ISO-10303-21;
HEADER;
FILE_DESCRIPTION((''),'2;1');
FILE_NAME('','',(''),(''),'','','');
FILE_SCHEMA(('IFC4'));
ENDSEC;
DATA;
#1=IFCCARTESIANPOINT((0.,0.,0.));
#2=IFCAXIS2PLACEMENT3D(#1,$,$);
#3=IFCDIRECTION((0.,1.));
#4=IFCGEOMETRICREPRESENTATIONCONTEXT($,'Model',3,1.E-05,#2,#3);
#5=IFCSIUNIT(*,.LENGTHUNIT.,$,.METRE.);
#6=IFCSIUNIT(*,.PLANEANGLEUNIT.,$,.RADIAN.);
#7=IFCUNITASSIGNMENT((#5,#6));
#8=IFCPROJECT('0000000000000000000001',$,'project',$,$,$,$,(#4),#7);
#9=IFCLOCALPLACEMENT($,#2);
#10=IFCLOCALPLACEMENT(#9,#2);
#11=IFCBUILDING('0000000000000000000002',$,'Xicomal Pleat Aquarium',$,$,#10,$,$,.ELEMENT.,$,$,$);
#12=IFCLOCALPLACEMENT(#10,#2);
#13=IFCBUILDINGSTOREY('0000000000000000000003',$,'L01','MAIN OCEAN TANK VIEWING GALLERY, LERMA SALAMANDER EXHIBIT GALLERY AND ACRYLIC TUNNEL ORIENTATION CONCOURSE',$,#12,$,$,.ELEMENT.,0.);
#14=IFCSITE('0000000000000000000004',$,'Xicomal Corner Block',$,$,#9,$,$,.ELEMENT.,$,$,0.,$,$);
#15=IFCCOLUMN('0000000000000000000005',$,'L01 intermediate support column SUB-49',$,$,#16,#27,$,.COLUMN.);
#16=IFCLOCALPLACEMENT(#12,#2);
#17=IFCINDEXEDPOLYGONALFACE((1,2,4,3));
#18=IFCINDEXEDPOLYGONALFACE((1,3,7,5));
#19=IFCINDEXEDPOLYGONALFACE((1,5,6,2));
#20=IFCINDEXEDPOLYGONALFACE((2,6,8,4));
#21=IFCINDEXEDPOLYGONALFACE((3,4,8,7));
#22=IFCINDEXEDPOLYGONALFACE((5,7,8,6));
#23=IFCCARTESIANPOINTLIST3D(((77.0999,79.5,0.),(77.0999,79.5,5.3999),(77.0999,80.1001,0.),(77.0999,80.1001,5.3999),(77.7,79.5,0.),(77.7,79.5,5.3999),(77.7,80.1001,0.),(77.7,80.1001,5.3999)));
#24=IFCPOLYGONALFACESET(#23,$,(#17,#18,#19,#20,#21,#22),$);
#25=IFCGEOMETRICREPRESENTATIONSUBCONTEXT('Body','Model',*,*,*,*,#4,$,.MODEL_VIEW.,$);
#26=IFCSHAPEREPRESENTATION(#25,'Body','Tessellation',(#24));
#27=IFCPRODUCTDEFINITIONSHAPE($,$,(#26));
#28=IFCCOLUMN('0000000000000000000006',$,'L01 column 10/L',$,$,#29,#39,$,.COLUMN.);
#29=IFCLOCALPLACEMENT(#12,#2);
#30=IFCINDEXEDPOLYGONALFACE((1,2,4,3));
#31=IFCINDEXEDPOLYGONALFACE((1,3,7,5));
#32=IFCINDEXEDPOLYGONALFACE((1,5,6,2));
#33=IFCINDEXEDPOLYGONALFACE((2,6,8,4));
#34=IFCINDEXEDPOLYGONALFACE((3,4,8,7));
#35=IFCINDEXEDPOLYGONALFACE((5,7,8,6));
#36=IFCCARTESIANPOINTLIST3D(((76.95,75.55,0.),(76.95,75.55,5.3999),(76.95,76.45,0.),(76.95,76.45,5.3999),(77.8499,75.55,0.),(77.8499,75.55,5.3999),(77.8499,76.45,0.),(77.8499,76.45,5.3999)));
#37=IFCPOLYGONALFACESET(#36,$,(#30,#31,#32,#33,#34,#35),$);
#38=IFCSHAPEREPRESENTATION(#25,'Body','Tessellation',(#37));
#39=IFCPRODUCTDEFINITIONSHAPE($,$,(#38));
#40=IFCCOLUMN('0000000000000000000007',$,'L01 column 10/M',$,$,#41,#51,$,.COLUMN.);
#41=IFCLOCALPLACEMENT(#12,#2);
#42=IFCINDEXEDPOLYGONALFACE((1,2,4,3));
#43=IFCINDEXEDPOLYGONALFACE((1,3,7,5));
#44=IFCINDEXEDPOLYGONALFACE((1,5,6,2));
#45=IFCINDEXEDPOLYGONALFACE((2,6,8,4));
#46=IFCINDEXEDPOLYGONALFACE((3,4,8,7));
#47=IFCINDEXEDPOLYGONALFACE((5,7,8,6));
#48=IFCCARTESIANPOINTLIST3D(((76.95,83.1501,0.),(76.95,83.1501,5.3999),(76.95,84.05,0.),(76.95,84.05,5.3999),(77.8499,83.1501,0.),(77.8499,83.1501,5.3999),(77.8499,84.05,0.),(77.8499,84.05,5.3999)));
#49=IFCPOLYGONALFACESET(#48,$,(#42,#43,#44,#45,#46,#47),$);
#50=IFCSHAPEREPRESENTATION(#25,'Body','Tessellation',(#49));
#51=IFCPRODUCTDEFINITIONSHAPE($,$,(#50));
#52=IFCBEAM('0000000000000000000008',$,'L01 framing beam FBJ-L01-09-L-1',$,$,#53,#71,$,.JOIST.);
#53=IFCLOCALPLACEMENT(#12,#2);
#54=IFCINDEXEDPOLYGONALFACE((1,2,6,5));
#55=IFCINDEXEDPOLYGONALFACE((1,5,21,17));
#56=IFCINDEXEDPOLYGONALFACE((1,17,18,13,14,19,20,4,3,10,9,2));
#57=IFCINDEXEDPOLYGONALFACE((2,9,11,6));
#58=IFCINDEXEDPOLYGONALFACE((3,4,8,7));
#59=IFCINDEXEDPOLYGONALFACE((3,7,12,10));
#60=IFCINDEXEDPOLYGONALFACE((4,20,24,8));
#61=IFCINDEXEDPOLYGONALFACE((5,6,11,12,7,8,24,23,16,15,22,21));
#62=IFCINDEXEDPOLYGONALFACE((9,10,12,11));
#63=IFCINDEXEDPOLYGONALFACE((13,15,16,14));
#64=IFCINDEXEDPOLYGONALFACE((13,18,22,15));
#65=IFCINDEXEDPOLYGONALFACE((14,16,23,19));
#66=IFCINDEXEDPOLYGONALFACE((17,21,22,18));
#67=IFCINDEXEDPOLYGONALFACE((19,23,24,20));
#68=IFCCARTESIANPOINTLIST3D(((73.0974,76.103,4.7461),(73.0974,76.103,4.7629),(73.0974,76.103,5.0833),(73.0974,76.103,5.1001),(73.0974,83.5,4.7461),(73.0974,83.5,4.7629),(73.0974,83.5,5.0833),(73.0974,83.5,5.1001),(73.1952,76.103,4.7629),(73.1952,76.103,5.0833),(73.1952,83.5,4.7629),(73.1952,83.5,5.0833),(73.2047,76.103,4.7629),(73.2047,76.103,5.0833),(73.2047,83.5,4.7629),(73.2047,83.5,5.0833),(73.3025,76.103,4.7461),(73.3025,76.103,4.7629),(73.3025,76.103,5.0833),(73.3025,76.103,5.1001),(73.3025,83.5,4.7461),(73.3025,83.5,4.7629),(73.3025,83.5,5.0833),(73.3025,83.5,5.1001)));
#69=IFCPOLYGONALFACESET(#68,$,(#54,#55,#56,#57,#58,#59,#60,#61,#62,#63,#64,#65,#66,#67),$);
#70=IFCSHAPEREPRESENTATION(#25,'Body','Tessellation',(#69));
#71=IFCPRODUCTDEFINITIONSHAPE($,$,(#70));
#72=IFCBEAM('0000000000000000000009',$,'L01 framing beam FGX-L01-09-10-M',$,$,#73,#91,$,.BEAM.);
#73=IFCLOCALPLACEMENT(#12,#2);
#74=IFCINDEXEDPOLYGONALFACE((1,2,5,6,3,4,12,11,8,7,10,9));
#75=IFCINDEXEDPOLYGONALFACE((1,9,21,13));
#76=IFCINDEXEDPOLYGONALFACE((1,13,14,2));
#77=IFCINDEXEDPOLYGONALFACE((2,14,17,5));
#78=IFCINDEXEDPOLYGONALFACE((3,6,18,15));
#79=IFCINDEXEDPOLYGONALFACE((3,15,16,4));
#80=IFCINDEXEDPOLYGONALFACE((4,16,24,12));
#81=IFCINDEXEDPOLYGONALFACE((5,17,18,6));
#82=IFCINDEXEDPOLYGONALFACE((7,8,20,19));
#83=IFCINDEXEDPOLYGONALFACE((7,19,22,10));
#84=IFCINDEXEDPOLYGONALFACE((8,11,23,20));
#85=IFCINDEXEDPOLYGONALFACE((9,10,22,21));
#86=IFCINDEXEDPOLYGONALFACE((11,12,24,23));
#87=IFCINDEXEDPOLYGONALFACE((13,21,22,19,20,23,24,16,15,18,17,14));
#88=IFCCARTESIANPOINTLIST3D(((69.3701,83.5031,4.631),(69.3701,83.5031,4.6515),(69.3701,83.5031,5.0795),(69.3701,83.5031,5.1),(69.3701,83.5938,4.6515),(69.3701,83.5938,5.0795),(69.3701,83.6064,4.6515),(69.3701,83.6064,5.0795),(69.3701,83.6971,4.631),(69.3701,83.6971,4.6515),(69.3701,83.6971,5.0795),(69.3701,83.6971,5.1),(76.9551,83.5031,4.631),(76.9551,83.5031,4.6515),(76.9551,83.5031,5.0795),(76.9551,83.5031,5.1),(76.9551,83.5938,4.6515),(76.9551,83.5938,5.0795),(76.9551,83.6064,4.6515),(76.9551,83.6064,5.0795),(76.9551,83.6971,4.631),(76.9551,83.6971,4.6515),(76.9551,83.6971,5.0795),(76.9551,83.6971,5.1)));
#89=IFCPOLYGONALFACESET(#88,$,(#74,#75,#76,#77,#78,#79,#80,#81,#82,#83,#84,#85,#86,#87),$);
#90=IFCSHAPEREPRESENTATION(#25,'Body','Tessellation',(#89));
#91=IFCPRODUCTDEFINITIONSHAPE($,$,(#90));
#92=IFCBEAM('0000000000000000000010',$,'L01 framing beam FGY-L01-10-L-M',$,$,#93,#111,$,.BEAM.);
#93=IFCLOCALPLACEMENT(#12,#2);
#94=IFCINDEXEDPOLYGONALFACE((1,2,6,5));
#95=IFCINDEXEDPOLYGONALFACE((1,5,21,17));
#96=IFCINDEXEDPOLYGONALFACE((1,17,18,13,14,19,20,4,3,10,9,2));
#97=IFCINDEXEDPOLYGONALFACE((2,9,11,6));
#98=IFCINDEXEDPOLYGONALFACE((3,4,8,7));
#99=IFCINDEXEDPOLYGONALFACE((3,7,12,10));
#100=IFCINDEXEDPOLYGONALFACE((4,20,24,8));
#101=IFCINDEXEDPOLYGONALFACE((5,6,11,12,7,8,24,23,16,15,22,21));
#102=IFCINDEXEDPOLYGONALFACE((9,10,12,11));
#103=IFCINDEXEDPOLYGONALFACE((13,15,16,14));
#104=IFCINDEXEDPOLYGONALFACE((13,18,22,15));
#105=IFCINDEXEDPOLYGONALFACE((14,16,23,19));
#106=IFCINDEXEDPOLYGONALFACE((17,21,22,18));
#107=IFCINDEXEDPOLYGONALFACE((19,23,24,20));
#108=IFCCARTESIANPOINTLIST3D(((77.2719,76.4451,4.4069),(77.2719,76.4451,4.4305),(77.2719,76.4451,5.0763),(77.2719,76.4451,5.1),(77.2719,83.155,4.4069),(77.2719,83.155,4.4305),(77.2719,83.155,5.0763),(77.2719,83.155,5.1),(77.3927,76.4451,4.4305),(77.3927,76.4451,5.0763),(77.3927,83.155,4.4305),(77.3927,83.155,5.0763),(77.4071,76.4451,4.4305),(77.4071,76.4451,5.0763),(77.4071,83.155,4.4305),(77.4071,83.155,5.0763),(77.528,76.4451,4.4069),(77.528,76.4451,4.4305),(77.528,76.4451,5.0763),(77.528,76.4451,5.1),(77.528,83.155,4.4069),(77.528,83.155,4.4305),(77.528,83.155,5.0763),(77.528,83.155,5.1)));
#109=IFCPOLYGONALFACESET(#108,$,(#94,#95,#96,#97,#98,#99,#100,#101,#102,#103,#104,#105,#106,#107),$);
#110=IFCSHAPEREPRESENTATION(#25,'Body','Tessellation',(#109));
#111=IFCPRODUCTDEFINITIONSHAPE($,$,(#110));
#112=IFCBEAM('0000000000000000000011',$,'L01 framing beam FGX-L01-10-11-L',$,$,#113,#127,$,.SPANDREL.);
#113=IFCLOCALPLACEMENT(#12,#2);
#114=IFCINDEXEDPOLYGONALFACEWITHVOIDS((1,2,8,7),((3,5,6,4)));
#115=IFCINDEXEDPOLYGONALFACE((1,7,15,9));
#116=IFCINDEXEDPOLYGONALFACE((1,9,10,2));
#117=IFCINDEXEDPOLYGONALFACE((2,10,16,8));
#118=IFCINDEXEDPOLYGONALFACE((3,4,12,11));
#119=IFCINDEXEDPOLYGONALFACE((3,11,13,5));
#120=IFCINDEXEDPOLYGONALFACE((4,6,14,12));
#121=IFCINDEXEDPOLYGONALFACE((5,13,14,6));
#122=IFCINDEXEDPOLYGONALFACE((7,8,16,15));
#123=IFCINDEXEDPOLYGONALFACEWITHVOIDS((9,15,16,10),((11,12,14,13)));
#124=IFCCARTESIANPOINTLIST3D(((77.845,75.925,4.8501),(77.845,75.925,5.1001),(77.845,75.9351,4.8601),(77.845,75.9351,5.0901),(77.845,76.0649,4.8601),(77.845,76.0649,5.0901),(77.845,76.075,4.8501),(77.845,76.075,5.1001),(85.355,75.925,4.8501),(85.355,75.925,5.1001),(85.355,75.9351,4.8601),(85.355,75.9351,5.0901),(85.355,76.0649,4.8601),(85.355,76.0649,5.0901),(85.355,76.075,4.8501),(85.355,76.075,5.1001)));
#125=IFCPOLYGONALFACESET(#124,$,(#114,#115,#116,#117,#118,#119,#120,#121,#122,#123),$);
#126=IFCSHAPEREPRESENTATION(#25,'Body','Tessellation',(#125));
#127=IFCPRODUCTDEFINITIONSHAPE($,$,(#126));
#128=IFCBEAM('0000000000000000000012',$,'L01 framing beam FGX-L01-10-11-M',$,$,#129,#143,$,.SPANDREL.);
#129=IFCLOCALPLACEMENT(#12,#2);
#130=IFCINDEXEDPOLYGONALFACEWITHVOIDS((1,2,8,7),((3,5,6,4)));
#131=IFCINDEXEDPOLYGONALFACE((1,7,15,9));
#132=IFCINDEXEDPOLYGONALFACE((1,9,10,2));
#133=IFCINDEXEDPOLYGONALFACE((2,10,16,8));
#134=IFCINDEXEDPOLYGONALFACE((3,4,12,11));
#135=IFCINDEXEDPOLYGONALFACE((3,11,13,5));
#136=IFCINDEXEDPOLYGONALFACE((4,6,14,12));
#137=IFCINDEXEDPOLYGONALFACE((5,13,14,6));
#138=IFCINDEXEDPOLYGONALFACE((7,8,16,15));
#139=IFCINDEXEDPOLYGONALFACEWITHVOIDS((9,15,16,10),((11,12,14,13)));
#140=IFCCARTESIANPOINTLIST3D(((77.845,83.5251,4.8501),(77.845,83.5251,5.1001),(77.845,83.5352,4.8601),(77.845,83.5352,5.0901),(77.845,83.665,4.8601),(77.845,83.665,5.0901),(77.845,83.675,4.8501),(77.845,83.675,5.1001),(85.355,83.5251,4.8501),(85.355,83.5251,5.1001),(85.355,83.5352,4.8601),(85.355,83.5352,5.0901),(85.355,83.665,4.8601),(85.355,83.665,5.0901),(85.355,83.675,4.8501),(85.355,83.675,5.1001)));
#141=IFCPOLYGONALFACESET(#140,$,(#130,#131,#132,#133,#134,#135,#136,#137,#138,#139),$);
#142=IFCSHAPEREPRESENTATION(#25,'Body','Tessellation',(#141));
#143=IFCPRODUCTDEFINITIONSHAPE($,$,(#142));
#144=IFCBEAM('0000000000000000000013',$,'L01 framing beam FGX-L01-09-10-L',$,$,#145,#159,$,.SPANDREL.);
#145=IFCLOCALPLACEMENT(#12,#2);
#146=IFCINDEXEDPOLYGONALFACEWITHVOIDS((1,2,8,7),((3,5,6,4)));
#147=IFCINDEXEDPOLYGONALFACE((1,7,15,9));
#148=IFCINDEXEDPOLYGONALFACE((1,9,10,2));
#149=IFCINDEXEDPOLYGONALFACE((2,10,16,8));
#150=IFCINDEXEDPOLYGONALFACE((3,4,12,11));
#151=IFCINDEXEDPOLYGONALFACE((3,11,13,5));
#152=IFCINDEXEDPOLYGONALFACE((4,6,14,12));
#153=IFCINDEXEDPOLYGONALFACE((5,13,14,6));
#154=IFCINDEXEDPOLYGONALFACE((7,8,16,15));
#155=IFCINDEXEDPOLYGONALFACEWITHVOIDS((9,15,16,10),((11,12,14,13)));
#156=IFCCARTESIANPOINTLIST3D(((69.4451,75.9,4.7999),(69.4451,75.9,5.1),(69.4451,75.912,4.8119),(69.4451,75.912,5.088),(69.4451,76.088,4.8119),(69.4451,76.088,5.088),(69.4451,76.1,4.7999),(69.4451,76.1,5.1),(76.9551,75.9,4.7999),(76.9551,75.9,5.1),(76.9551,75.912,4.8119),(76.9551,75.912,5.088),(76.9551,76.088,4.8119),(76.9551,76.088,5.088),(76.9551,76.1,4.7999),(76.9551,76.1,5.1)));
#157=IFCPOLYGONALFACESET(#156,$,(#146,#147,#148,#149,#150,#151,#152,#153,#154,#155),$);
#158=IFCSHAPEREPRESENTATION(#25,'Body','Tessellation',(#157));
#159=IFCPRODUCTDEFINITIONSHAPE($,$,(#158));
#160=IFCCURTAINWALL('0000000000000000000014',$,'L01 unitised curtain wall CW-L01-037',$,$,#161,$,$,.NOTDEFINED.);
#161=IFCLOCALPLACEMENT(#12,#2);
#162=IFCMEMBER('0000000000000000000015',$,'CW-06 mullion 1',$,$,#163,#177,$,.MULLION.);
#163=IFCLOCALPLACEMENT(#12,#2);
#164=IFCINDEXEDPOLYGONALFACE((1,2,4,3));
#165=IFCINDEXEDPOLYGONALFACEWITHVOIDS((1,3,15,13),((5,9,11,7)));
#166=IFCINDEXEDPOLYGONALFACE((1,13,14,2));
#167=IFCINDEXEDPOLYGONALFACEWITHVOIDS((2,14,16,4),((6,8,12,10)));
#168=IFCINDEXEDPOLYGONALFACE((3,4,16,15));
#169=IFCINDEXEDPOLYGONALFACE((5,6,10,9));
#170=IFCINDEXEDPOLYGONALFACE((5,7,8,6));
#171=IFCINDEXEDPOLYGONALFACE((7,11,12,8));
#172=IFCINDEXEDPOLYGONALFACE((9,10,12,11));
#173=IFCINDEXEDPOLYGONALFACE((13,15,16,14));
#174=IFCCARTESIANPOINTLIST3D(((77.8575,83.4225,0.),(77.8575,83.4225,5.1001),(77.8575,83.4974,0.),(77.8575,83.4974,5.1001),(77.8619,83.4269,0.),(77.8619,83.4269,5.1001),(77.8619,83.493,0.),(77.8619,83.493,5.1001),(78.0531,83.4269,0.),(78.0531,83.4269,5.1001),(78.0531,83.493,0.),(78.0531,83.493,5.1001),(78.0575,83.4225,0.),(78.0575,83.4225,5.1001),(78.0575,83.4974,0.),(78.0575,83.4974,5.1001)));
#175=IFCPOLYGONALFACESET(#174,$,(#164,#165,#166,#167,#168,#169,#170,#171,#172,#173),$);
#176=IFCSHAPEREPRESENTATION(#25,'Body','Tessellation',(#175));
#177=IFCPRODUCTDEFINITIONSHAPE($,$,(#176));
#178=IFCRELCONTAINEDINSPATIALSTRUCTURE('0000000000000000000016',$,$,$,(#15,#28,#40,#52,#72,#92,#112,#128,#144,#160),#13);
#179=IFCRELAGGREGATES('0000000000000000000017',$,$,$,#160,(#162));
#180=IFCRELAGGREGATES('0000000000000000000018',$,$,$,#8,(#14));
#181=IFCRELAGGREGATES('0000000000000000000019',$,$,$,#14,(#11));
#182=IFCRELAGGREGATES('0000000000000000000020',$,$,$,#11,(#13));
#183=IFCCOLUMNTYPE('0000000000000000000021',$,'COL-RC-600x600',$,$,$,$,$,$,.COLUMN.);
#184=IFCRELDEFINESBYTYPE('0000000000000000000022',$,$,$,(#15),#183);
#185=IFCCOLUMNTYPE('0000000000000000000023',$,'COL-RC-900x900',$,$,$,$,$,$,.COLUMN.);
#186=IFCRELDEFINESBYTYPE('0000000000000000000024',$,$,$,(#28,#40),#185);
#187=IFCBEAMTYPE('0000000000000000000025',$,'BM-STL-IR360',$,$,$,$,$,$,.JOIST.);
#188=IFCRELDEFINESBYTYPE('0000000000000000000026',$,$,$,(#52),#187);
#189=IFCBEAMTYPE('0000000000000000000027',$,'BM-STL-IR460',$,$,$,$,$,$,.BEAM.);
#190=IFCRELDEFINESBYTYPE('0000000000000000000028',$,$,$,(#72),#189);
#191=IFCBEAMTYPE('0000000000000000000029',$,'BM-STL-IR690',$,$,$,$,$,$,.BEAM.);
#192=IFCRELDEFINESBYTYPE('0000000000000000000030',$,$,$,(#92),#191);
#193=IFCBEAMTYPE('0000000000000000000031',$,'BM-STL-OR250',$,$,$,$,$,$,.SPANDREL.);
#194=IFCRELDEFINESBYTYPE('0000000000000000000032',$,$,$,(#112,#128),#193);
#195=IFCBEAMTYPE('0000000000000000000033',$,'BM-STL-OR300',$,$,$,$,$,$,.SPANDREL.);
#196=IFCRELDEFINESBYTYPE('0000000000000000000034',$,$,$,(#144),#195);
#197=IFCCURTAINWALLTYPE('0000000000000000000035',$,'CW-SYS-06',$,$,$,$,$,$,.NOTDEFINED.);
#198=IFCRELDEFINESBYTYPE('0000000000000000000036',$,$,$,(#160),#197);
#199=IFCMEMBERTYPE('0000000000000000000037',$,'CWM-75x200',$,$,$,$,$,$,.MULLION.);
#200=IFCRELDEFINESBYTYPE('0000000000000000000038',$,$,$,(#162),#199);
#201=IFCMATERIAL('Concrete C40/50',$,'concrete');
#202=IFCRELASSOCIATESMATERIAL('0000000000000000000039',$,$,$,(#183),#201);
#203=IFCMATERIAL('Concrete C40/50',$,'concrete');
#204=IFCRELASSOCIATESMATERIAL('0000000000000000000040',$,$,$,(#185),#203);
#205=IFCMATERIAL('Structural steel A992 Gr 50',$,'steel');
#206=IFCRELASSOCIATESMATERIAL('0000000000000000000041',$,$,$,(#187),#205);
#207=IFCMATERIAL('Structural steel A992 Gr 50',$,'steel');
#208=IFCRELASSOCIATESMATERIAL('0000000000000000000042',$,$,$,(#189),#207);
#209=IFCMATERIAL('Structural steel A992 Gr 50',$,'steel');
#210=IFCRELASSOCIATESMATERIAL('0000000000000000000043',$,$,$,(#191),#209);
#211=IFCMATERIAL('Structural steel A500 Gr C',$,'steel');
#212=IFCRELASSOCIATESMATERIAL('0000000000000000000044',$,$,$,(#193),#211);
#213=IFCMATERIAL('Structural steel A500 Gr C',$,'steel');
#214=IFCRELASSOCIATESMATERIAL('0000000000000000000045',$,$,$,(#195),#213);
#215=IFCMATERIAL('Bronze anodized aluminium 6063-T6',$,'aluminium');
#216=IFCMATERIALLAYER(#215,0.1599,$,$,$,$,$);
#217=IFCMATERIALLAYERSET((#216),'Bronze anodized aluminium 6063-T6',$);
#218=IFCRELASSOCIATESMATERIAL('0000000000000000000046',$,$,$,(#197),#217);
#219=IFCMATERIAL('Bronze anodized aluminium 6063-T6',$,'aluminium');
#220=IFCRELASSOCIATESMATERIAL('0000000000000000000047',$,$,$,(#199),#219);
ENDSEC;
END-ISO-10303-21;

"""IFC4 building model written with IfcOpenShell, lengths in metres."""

from ifc_helpers import new_model, si_unit, direction, frame, origin, origin_2d, place, context, subcontext, project, spatial, rectangle, hollow_rectangle, i_section, extrude, material, layer, layer_set, material_profile, profile_set, type_object, element, aggregate, save


model = new_model("IFC4")

# Units and contexts
model_context = context("Model", 3, precision=1e-05, world=origin(), true_north=direction((0.0, 1.0)))
body_context = subcontext(model_context, "Body", "Model", "MODEL_VIEW")
ifc_project = project(units=[si_unit("LENGTHUNIT", "METRE"), si_unit("PLANEANGLEUNIT", "RADIAN")], contexts=[model_context])

# Site, building, storey
site_placement = place(None, origin())
site = spatial("IfcSite", under=ifc_project, at=site_placement, Name="Xicomal Corner Block", CompositionType="ELEMENT", RefElevation=0.0)
building_placement = place(site_placement, origin())
building = spatial("IfcBuilding", under=site, at=building_placement, Name="Xicomal Pleat Aquarium", CompositionType="ELEMENT")
storey_placement = place(building_placement, origin())
storey = spatial("IfcBuildingStorey", under=building, at=storey_placement, Name="L01", Description="MAIN OCEAN TANK VIEWING GALLERY, LERMA SALAMANDER EXHIBIT GALLERY AND ACRYLIC TUNNEL ORIENTATION CONCOURSE", CompositionType="ELEMENT", Elevation=0.0)

# Columns
ifc_material_1 = material(Name="Concrete C40/50", Category="concrete")
ifc_material_profile_1 = material_profile(ifc_material_1, rectangle(XDim=0.6001, YDim=0.6001, at=origin_2d()), Name="RC 600x600")
ifc_profile_set_1 = profile_set([ifc_material_profile_1], Name="Concrete C40/50")
column_type_1 = type_object("IfcColumnType", Name="COL-RC-600x600", PredefinedType="COLUMN", material=ifc_profile_set_1)
column_placement = place(storey_placement, frame((77.3999, 79.8, 0.0), z_axis=(0.0, 0.0, 1.0), x_axis=(1.0, 0.0, 0.0)))
element("IfcColumn", 1, at=column_placement, inside=storey, type_object=column_type_1, Name="L01 intermediate support column SUB-49", PredefinedType="COLUMN", context=body_context, shape_type="SweptSolid", body=[
    extrude(rectangle(XDim=0.6001, YDim=0.6001, at=origin_2d()), origin(), (0.0, 0.0, 1.0), 5.3999),
])
ifc_material_2 = material(Name="Concrete C40/50", Category="concrete")
ifc_material_profile_2 = material_profile(ifc_material_2, rectangle(XDim=0.8999, YDim=0.8999, at=origin_2d()), Name="RC 900x900")
ifc_profile_set_2 = profile_set([ifc_material_profile_2], Name="Concrete C40/50")
column_type_2 = type_object("IfcColumnType", Name="COL-RC-900x900", PredefinedType="COLUMN", material=ifc_profile_set_2)
for number, where, z_axis, x_axis, name in (
    (2, (77.3999, 76.0, 0.0), (0.0, 0.0, 1.0), (1.0, 0.0, 0.0), "L01 column 10/L"),
    (3, (77.3999, 83.6001, 0.0), (0.0, 0.0, 1.0), (1.0, 0.0, 0.0), "L01 column 10/M"),
):
    element("IfcColumn", number, at=place(storey_placement, frame(where, z_axis=z_axis, x_axis=x_axis)), inside=storey, type_object=column_type_2, Name=name, PredefinedType="COLUMN", context=body_context, shape_type="SweptSolid", body=[
        extrude(rectangle(XDim=0.8999, YDim=0.8999, at=origin_2d()), origin(), (0.0, 0.0, 1.0), 5.3999),
    ])

# Beams
ifc_material_3 = material(Name="Structural steel A992 Gr 50", Category="steel")
ifc_material_profile_3 = material_profile(ifc_material_3, i_section(OverallWidth=0.2051, OverallDepth=0.354, WebThickness=0.0095, FlangeThickness=0.0168, at=origin_2d()), Name="IR 360x79")
ifc_profile_set_3 = profile_set([ifc_material_profile_3], Name="Structural steel A992 Gr 50")
beam_type_1 = type_object("IfcBeamType", Name="BM-STL-IR360", PredefinedType="JOIST", material=ifc_profile_set_3)
beam_1_placement = place(storey_placement, frame((73.2, 76.103, 4.9231), z_axis=(0.0, 1.0, 0.0), x_axis=(-1.0, 0.0, 0.0)))
element("IfcBeam", 4, at=beam_1_placement, inside=storey, type_object=beam_type_1, Name="L01 framing beam FBJ-L01-09-L-1", PredefinedType="JOIST", context=body_context, shape_type="SweptSolid", body=[
    extrude(i_section(OverallWidth=0.2051, OverallDepth=0.354, WebThickness=0.0095, FlangeThickness=0.0168, at=origin_2d()), origin(), (0.0, 0.0, 1.0), 7.397),
])
ifc_material_4 = material(Name="Structural steel A992 Gr 50", Category="steel")
ifc_material_profile_4 = material_profile(ifc_material_4, i_section(OverallWidth=0.1941, OverallDepth=0.469, WebThickness=0.0127, FlangeThickness=0.0205, at=origin_2d()), Name="IR 460x106")
ifc_profile_set_4 = profile_set([ifc_material_profile_4], Name="Structural steel A992 Gr 50")
beam_type_2 = type_object("IfcBeamType", Name="BM-STL-IR460", PredefinedType="BEAM", material=ifc_profile_set_4)
beam_2_placement = place(storey_placement, frame((69.3701, 83.6001, 4.8655), z_axis=(1.0, 0.0, 0.0), x_axis=(0.0, 1.0, 0.0)))
element("IfcBeam", 5, at=beam_2_placement, inside=storey, type_object=beam_type_2, Name="L01 framing beam FGX-L01-09-10-M", PredefinedType="BEAM", context=body_context, shape_type="SweptSolid", body=[
    extrude(i_section(OverallWidth=0.1941, OverallDepth=0.469, WebThickness=0.0127, FlangeThickness=0.0205, at=origin_2d()), origin(), (0.0, 0.0, 1.0), 7.585),
])
ifc_material_5 = material(Name="Structural steel A992 Gr 50", Category="steel")
ifc_material_profile_5 = material_profile(ifc_material_5, i_section(OverallWidth=0.2561, OverallDepth=0.6931, WebThickness=0.0144, FlangeThickness=0.0237, at=origin_2d()), Name="IR 690x170")
ifc_profile_set_5 = profile_set([ifc_material_profile_5], Name="Structural steel A992 Gr 50")
beam_type_3 = type_object("IfcBeamType", Name="BM-STL-IR690", PredefinedType="BEAM", material=ifc_profile_set_5)
beam_3_placement = place(storey_placement, frame((77.3999, 76.4451, 4.7534), z_axis=(0.0, 1.0, 0.0), x_axis=(-1.0, 0.0, 0.0)))
element("IfcBeam", 6, at=beam_3_placement, inside=storey, type_object=beam_type_3, Name="L01 framing beam FGY-L01-10-L-M", PredefinedType="BEAM", context=body_context, shape_type="SweptSolid", body=[
    extrude(i_section(OverallWidth=0.2561, OverallDepth=0.6931, WebThickness=0.0144, FlangeThickness=0.0237, at=origin_2d()), origin(), (0.0, 0.0, 1.0), 6.71),
])
ifc_material_6 = material(Name="Structural steel A500 Gr C", Category="steel")
ifc_material_profile_6 = material_profile(ifc_material_6, hollow_rectangle(XDim=0.1499, YDim=0.25, WallThickness=0.01, at=origin_2d()), Name="OR 250x150x10")
ifc_profile_set_6 = profile_set([ifc_material_profile_6], Name="Structural steel A500 Gr C")
beam_type_4 = type_object("IfcBeamType", Name="BM-STL-OR250", PredefinedType="SPANDREL", material=ifc_profile_set_6)
for number, where, z_axis, x_axis, name in (
    (7, (77.845, 76.0, 4.9751), (1.0, 0.0, 0.0), (0.0, 1.0, 0.0), "L01 framing beam FGX-L01-10-11-L"),
    (8, (77.845, 83.6001, 4.9751), (1.0, 0.0, 0.0), (0.0, 1.0, 0.0), "L01 framing beam FGX-L01-10-11-M"),
):
    element("IfcBeam", number, at=place(storey_placement, frame(where, z_axis=z_axis, x_axis=x_axis)), inside=storey, type_object=beam_type_4, Name=name, PredefinedType="SPANDREL", context=body_context, shape_type="SweptSolid", body=[
        extrude(hollow_rectangle(XDim=0.1499, YDim=0.25, WallThickness=0.01, at=origin_2d()), origin(), (0.0, 0.0, 1.0), 7.51),
    ])
ifc_material_7 = material(Name="Structural steel A500 Gr C", Category="steel")
ifc_material_profile_7 = material_profile(ifc_material_7, hollow_rectangle(XDim=0.2, YDim=0.3, WallThickness=0.012, at=origin_2d()), Name="OR 300x200x12")
ifc_profile_set_7 = profile_set([ifc_material_profile_7], Name="Structural steel A500 Gr C")
beam_type_5 = type_object("IfcBeamType", Name="BM-STL-OR300", PredefinedType="SPANDREL", material=ifc_profile_set_7)
beam_4_placement = place(storey_placement, frame((69.4451, 76.0, 4.95), z_axis=(1.0, 0.0, 0.0), x_axis=(0.0, 1.0, 0.0)))
element("IfcBeam", 9, at=beam_4_placement, inside=storey, type_object=beam_type_5, Name="L01 framing beam FGX-L01-09-10-L", PredefinedType="SPANDREL", context=body_context, shape_type="SweptSolid", body=[
    extrude(hollow_rectangle(XDim=0.2, YDim=0.3, WallThickness=0.012, at=origin_2d()), origin(), (0.0, 0.0, 1.0), 7.51),
])

# Curtain wall, member
ifc_material_8 = material(Name="Bronze anodized aluminium 6063-T6", Category="aluminium")
ifc_layer_1 = layer(ifc_material_8, 0.1599)
ifc_layer_set_1 = layer_set([ifc_layer_1], Name="Bronze anodized aluminium 6063-T6")
curtain_wall_type = type_object("IfcCurtainWallType", Name="CW-SYS-06", PredefinedType="NOTDEFINED", material=ifc_layer_set_1)
curtain_wall_placement = place(storey_placement, origin())
curtain_wall = element("IfcCurtainWall", 10, at=curtain_wall_placement, inside=storey, type_object=curtain_wall_type, Name="L01 unitised curtain wall CW-L01-037", PredefinedType="NOTDEFINED")
ifc_material_9 = material(Name="Bronze anodized aluminium 6063-T6", Category="aluminium")
ifc_material_profile_8 = material_profile(ifc_material_9, hollow_rectangle(XDim=0.075, YDim=0.2, WallThickness=0.0044, at=origin_2d()), Name="ALU MULL 75x200")
ifc_profile_set_8 = profile_set([ifc_material_profile_8], Name="Bronze anodized aluminium 6063-T6")
member_type_1 = type_object("IfcMemberType", Name="CWM-75x200", PredefinedType="MULLION", material=ifc_profile_set_8)
member_1_placement = place(storey_placement, frame((77.9575, 83.46, 0.0), z_axis=(0.0, 0.0, 1.0), x_axis=(0.0, 1.0, 0.0)))
member_1 = element("IfcMember", 11, at=member_1_placement, type_object=member_type_1, Name="CW-06 mullion 1", PredefinedType="MULLION", context=body_context, shape_type="SweptSolid", body=[
    extrude(hollow_rectangle(XDim=0.075, YDim=0.2, WallThickness=0.0044, at=origin_2d()), origin(), (0.0, 0.0, 1.0), 5.1001),
])
aggregate(curtain_wall, [member_1])

save(model, "model.ifc")
